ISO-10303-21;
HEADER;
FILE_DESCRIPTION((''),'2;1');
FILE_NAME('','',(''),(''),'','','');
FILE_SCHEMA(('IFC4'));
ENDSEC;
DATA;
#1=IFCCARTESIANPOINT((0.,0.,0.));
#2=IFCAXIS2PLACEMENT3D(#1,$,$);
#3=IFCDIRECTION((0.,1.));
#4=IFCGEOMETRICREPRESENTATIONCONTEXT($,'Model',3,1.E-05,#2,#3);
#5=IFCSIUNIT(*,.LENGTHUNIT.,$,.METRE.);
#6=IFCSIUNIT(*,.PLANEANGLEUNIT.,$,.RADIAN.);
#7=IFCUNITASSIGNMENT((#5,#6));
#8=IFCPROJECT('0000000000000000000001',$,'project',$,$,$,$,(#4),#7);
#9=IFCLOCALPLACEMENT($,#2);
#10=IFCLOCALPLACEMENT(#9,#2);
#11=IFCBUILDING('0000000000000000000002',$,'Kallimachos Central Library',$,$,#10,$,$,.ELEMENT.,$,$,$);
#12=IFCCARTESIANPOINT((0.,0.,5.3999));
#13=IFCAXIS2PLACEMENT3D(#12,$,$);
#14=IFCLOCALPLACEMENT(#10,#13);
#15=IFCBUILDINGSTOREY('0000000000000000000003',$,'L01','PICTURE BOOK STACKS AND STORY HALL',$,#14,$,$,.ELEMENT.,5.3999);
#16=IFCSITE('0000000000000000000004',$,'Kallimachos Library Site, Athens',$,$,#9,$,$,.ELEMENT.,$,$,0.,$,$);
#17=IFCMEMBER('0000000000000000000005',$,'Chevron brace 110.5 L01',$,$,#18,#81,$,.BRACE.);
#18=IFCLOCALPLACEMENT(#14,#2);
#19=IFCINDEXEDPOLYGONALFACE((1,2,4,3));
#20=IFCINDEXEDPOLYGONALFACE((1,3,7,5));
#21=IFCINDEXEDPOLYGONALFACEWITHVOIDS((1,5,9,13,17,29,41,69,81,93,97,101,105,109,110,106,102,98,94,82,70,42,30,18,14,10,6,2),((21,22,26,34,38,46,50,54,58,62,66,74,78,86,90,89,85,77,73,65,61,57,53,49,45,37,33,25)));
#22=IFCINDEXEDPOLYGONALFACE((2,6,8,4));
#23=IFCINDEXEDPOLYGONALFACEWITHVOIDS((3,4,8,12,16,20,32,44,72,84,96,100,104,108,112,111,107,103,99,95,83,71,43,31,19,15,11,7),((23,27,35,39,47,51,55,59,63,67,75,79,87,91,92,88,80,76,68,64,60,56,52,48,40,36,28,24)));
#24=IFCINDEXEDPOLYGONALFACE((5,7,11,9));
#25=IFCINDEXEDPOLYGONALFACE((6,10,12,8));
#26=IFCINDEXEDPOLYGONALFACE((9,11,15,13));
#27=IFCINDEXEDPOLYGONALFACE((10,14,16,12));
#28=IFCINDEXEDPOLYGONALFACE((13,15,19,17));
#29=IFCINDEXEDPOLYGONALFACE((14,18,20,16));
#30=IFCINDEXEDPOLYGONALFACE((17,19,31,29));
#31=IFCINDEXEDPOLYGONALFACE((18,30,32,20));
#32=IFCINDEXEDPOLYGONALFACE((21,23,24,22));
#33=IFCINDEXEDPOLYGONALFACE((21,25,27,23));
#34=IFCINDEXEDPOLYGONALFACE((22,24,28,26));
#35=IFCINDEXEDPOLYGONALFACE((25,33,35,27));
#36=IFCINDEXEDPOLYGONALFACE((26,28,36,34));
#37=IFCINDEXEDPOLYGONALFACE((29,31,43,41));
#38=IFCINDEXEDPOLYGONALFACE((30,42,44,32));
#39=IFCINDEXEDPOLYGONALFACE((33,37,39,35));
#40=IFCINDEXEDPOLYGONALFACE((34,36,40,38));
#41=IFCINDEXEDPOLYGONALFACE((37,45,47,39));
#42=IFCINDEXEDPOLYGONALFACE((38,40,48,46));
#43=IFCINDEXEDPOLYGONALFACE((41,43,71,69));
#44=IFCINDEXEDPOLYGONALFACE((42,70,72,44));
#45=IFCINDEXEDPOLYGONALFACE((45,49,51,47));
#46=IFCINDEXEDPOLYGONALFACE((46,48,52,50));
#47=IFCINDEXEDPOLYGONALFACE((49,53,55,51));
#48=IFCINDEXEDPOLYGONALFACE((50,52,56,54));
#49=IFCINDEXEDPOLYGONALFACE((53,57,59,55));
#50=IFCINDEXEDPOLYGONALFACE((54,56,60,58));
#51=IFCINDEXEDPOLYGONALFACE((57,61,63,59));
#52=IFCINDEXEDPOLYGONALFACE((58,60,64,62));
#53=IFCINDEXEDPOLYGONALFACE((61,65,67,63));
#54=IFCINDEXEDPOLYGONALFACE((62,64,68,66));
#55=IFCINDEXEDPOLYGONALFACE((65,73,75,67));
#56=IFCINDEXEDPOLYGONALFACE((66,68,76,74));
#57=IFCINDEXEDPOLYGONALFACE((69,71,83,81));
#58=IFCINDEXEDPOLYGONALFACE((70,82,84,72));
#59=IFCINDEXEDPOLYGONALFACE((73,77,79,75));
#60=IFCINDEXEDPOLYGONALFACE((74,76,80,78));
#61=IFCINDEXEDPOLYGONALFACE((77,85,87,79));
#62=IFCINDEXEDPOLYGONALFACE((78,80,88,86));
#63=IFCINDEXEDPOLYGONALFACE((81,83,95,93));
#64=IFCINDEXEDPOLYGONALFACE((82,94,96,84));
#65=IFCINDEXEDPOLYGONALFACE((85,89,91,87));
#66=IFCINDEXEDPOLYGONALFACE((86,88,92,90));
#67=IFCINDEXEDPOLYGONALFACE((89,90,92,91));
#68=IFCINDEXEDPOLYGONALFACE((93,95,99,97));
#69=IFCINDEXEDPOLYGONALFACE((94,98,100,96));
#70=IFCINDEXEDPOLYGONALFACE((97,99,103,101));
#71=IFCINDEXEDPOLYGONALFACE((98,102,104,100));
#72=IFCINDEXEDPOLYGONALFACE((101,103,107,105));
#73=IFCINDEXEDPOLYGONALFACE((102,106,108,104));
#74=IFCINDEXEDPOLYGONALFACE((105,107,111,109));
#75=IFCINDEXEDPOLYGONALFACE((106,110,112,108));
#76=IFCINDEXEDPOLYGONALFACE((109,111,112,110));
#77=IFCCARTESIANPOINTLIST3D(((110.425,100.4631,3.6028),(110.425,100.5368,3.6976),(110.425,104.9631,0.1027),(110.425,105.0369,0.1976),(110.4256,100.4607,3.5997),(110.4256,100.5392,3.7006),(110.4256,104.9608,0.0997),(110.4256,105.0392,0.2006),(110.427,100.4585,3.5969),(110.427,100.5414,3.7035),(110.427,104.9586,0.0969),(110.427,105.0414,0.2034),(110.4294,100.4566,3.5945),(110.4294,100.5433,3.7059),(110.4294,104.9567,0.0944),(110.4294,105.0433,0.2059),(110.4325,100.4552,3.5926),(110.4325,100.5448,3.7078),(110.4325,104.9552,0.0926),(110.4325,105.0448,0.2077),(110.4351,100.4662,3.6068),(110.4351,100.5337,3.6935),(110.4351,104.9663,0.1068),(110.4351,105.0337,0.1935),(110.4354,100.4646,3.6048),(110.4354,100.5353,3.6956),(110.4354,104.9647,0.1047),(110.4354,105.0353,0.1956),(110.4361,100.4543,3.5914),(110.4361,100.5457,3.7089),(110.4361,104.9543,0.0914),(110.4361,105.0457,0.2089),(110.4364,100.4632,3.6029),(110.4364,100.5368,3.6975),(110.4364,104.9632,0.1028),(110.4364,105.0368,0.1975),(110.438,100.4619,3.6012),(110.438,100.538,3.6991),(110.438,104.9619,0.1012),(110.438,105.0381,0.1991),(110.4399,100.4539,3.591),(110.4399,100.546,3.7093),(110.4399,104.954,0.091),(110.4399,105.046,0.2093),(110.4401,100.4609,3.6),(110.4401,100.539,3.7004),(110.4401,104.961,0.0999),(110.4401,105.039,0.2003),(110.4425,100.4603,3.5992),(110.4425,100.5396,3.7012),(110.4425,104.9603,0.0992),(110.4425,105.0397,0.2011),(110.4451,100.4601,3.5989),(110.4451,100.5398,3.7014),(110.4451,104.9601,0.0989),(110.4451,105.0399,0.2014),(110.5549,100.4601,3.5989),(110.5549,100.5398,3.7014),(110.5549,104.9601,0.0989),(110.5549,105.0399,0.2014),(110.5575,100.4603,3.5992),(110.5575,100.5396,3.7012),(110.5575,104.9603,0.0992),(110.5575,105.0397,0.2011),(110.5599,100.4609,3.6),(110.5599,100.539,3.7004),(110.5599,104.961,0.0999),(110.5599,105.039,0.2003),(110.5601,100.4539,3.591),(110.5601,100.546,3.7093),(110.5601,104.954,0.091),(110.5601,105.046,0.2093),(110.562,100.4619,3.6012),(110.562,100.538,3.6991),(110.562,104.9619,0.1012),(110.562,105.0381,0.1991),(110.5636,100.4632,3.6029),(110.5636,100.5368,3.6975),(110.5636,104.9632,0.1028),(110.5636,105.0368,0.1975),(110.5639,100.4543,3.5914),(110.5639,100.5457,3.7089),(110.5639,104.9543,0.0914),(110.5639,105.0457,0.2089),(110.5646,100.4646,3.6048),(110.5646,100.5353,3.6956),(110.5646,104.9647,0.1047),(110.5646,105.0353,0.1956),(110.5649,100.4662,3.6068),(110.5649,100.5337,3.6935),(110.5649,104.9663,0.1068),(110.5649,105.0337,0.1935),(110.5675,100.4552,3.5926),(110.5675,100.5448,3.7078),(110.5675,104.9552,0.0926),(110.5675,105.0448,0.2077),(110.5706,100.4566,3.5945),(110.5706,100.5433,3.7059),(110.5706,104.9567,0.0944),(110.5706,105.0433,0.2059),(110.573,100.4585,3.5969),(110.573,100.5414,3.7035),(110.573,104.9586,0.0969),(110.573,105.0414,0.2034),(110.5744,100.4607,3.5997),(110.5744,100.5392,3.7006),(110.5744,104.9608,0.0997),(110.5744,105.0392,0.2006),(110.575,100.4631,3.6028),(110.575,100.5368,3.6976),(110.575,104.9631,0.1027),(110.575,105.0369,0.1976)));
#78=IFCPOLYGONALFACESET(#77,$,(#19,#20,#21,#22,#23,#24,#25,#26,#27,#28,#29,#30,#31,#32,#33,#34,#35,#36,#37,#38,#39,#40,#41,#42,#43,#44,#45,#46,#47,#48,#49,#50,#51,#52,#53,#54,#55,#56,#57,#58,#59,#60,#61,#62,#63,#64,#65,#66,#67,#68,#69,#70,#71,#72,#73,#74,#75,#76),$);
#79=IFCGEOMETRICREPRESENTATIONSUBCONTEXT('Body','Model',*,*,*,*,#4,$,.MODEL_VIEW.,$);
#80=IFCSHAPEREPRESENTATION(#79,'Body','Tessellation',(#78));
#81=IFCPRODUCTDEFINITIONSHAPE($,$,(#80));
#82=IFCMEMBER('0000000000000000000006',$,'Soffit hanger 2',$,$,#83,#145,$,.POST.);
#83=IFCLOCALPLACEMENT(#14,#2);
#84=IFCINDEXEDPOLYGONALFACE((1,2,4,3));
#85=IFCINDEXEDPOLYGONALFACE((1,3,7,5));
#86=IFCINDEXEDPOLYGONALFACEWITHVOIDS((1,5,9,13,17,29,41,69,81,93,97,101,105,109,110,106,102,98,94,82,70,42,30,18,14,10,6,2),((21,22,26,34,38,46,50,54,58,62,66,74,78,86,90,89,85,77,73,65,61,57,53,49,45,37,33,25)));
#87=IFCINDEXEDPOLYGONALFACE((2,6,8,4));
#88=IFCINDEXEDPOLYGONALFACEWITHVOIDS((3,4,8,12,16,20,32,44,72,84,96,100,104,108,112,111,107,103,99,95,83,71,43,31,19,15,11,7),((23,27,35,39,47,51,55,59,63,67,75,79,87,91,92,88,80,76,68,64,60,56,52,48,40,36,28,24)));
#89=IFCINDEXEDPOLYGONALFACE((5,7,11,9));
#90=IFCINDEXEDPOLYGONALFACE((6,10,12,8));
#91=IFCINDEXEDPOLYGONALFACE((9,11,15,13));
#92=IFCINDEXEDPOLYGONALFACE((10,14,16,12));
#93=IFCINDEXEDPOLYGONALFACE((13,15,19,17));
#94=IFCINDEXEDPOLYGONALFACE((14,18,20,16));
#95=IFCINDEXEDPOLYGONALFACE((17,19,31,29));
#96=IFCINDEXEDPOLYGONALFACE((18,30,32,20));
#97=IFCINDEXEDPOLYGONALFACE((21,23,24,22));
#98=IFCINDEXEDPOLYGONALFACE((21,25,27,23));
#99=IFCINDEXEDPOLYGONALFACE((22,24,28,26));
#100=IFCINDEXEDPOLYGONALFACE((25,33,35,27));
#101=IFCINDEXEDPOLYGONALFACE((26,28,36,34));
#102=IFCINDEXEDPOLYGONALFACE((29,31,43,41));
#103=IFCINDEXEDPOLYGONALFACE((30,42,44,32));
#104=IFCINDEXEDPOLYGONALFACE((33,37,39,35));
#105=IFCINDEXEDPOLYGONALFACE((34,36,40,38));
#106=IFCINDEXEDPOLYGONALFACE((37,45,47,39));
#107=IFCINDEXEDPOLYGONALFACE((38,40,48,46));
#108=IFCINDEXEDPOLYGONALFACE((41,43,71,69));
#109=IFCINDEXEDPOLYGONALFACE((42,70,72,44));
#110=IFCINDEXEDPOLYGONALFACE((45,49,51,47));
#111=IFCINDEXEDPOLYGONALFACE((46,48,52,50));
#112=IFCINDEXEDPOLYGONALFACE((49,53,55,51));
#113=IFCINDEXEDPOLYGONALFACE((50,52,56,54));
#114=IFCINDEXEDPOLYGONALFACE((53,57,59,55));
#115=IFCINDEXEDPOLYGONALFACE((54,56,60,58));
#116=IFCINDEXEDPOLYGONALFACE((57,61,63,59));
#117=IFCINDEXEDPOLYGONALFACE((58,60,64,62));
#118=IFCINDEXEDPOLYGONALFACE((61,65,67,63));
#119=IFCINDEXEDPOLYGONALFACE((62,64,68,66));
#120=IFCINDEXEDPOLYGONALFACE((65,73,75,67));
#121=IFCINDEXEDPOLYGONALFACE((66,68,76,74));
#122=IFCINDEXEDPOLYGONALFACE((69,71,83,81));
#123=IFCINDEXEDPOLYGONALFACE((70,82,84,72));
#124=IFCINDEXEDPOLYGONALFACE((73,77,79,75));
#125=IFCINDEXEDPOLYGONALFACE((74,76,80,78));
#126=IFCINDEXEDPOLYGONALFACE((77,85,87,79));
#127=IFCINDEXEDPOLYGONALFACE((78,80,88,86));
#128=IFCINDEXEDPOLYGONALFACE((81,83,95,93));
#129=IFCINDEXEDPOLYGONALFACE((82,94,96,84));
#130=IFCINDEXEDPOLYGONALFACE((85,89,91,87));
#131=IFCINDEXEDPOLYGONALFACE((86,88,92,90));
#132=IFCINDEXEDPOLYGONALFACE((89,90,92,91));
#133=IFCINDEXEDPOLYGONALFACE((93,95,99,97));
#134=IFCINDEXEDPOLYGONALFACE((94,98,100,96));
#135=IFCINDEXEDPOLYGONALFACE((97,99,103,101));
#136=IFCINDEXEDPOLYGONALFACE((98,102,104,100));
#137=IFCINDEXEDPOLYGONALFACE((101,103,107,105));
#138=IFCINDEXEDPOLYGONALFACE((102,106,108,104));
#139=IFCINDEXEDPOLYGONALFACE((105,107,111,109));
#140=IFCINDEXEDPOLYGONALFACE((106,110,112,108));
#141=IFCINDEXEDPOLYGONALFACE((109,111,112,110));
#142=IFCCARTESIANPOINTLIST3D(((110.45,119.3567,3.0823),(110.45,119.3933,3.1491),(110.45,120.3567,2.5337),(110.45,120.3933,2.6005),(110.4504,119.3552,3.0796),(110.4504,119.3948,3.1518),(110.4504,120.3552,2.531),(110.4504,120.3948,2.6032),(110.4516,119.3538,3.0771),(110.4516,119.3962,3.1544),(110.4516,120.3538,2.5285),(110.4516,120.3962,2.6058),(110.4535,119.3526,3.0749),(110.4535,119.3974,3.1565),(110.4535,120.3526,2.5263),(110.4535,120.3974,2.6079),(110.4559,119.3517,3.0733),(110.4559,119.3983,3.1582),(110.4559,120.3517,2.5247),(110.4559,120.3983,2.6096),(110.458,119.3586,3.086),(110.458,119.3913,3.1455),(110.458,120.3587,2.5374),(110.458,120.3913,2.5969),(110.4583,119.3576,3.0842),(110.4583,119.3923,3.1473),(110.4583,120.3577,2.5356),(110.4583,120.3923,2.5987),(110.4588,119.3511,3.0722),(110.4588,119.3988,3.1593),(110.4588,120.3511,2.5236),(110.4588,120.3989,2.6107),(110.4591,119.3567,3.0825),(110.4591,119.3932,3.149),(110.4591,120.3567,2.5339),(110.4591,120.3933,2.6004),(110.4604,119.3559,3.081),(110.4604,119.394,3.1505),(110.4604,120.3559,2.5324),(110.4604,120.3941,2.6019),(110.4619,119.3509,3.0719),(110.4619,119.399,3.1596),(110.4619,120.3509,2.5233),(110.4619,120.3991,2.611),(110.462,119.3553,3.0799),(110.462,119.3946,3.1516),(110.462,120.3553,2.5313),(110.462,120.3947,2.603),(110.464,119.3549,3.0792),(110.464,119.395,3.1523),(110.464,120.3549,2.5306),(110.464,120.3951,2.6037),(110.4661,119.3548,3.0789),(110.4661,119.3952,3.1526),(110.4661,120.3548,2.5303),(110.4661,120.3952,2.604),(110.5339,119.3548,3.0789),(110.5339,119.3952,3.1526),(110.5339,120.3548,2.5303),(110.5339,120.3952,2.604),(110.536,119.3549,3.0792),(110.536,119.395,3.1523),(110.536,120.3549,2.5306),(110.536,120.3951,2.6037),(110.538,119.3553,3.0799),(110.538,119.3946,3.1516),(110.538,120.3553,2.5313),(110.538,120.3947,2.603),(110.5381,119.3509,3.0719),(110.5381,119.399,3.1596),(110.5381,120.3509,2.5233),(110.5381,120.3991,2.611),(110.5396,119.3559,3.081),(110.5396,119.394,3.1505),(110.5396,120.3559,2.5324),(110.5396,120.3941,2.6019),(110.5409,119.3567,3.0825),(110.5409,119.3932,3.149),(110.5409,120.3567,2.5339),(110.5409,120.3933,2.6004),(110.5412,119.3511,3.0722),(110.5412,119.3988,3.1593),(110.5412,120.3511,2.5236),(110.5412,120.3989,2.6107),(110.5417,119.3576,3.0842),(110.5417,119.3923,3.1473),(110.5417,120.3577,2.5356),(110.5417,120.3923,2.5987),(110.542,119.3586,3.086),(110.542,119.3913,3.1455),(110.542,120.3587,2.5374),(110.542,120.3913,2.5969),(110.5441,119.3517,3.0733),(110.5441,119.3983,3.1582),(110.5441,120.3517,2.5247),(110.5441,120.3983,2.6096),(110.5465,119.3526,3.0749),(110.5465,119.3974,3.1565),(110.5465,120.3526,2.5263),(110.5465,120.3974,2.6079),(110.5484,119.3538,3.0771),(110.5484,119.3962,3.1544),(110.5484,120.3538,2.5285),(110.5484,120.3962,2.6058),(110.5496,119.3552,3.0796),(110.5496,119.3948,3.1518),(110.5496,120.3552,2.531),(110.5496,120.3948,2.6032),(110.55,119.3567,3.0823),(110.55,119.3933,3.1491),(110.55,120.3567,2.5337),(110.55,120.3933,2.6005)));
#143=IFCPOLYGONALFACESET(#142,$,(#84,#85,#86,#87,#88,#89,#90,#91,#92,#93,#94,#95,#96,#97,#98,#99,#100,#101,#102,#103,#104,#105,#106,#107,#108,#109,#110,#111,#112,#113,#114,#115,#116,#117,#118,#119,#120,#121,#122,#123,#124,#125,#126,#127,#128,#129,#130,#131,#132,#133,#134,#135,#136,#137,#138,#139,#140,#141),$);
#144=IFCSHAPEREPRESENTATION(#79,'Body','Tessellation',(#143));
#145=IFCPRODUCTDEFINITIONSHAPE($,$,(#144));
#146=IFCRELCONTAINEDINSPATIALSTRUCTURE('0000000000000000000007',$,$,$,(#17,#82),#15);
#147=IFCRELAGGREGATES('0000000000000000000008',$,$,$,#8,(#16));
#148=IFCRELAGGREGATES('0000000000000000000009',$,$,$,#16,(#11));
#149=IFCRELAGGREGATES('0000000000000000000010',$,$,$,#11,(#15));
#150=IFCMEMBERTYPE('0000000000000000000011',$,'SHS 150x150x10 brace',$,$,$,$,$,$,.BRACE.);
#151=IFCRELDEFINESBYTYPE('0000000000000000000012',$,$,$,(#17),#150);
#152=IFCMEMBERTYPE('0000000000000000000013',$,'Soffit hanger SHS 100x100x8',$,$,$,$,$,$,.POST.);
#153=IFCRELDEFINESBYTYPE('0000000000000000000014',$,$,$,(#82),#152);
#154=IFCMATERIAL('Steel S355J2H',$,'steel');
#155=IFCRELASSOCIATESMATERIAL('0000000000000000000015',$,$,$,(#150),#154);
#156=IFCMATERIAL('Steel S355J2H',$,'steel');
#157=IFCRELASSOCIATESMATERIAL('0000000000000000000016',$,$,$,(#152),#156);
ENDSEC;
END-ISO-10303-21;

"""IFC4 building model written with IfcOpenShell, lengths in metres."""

from ifc_helpers import new_model, si_unit, direction, frame, origin, origin_2d, place, context, subcontext, project, spatial, hollow_rectangle, extrude, material, material_profile, profile_set, type_object, element, save


model = new_model("IFC4")

# Units and contexts
model_context = context("Model", 3, precision=1e-05, world=origin(), true_north=direction((0.0, 1.0)))
body_context = subcontext(model_context, "Body", "Model", "MODEL_VIEW")
ifc_project = project(units=[si_unit("LENGTHUNIT", "METRE"), si_unit("PLANEANGLEUNIT", "RADIAN")], contexts=[model_context])

# Site, building, storey
site_placement = place(None, origin())
site = spatial("IfcSite", under=ifc_project, at=site_placement, Name="Kallimachos Library Site, Athens", CompositionType="ELEMENT", RefElevation=0.0)
building_placement = place(site_placement, origin())
building = spatial("IfcBuilding", under=site, at=building_placement, Name="Kallimachos Central Library", CompositionType="ELEMENT")
storey_placement = place(building_placement, frame((0.0, 0.0, 5.3999)))
storey = spatial("IfcBuildingStorey", under=building, at=storey_placement, Name="L01", Description="PICTURE BOOK STACKS AND STORY HALL", CompositionType="ELEMENT", Elevation=5.3999)

# Members
ifc_material_1 = material(Name="Steel S355J2H", Category="steel")
ifc_material_profile_1 = material_profile(ifc_material_1, hollow_rectangle(XDim=0.1499, YDim=0.1499, WallThickness=0.01, InnerFilletRadius=0.01, OuterFilletRadius=0.0149, at=origin_2d()), Name="SHS 150x150x10")
ifc_profile_set_1 = profile_set([ifc_material_profile_1], Name="Steel S355J2H")
member_type_1 = type_object("IfcMemberType", Name="SHS 150x150x10 brace", PredefinedType="BRACE", material=ifc_profile_set_1)
member_1_placement = place(storey_placement, frame((110.5, 105.0, 0.1501), z_axis=(0.0, -0.789352, 0.613941), x_axis=(1.0, 0.0, 0.0)))
element("IfcMember", 1, at=member_1_placement, inside=storey, type_object=member_type_1, Name="Chevron brace 110.5 L01", PredefinedType="BRACE", context=body_context, shape_type="SweptSolid", body=[
    extrude(hollow_rectangle(XDim=0.1499, YDim=0.1499, WallThickness=0.01, InnerFilletRadius=0.01, OuterFilletRadius=0.0149, at=origin_2d()), origin(), (0.0, 0.0, 1.0), 5.7009),
])
ifc_material_2 = material(Name="Steel S355J2H", Category="steel")
ifc_material_profile_2 = material_profile(ifc_material_2, hollow_rectangle(XDim=0.1001, YDim=0.1001, WallThickness=0.0081, InnerFilletRadius=0.0081, OuterFilletRadius=0.012, at=origin_2d()), Name="SHS 100x100x8")
ifc_profile_set_2 = profile_set([ifc_material_profile_2], Name="Steel S355J2H")
member_type_2 = type_object("IfcMemberType", Name="Soffit hanger SHS 100x100x8", PredefinedType="POST", material=ifc_profile_set_2)
member_2_placement = place(storey_placement, frame((110.5, 120.375, 2.5671), z_axis=(0.0, -0.87674, 0.480965), x_axis=(1.0, 0.0, 0.0)))
element("IfcMember", 2, at=member_2_placement, inside=storey, type_object=member_type_2, Name="Soffit hanger 2", PredefinedType="POST", context=body_context, shape_type="SweptSolid", body=[
    extrude(hollow_rectangle(XDim=0.1001, YDim=0.1001, WallThickness=0.0081, InnerFilletRadius=0.0081, OuterFilletRadius=0.012, at=origin_2d()), origin(), (0.0, 0.0, 1.0), 1.1406),
])

save(model, "model.ifc")
